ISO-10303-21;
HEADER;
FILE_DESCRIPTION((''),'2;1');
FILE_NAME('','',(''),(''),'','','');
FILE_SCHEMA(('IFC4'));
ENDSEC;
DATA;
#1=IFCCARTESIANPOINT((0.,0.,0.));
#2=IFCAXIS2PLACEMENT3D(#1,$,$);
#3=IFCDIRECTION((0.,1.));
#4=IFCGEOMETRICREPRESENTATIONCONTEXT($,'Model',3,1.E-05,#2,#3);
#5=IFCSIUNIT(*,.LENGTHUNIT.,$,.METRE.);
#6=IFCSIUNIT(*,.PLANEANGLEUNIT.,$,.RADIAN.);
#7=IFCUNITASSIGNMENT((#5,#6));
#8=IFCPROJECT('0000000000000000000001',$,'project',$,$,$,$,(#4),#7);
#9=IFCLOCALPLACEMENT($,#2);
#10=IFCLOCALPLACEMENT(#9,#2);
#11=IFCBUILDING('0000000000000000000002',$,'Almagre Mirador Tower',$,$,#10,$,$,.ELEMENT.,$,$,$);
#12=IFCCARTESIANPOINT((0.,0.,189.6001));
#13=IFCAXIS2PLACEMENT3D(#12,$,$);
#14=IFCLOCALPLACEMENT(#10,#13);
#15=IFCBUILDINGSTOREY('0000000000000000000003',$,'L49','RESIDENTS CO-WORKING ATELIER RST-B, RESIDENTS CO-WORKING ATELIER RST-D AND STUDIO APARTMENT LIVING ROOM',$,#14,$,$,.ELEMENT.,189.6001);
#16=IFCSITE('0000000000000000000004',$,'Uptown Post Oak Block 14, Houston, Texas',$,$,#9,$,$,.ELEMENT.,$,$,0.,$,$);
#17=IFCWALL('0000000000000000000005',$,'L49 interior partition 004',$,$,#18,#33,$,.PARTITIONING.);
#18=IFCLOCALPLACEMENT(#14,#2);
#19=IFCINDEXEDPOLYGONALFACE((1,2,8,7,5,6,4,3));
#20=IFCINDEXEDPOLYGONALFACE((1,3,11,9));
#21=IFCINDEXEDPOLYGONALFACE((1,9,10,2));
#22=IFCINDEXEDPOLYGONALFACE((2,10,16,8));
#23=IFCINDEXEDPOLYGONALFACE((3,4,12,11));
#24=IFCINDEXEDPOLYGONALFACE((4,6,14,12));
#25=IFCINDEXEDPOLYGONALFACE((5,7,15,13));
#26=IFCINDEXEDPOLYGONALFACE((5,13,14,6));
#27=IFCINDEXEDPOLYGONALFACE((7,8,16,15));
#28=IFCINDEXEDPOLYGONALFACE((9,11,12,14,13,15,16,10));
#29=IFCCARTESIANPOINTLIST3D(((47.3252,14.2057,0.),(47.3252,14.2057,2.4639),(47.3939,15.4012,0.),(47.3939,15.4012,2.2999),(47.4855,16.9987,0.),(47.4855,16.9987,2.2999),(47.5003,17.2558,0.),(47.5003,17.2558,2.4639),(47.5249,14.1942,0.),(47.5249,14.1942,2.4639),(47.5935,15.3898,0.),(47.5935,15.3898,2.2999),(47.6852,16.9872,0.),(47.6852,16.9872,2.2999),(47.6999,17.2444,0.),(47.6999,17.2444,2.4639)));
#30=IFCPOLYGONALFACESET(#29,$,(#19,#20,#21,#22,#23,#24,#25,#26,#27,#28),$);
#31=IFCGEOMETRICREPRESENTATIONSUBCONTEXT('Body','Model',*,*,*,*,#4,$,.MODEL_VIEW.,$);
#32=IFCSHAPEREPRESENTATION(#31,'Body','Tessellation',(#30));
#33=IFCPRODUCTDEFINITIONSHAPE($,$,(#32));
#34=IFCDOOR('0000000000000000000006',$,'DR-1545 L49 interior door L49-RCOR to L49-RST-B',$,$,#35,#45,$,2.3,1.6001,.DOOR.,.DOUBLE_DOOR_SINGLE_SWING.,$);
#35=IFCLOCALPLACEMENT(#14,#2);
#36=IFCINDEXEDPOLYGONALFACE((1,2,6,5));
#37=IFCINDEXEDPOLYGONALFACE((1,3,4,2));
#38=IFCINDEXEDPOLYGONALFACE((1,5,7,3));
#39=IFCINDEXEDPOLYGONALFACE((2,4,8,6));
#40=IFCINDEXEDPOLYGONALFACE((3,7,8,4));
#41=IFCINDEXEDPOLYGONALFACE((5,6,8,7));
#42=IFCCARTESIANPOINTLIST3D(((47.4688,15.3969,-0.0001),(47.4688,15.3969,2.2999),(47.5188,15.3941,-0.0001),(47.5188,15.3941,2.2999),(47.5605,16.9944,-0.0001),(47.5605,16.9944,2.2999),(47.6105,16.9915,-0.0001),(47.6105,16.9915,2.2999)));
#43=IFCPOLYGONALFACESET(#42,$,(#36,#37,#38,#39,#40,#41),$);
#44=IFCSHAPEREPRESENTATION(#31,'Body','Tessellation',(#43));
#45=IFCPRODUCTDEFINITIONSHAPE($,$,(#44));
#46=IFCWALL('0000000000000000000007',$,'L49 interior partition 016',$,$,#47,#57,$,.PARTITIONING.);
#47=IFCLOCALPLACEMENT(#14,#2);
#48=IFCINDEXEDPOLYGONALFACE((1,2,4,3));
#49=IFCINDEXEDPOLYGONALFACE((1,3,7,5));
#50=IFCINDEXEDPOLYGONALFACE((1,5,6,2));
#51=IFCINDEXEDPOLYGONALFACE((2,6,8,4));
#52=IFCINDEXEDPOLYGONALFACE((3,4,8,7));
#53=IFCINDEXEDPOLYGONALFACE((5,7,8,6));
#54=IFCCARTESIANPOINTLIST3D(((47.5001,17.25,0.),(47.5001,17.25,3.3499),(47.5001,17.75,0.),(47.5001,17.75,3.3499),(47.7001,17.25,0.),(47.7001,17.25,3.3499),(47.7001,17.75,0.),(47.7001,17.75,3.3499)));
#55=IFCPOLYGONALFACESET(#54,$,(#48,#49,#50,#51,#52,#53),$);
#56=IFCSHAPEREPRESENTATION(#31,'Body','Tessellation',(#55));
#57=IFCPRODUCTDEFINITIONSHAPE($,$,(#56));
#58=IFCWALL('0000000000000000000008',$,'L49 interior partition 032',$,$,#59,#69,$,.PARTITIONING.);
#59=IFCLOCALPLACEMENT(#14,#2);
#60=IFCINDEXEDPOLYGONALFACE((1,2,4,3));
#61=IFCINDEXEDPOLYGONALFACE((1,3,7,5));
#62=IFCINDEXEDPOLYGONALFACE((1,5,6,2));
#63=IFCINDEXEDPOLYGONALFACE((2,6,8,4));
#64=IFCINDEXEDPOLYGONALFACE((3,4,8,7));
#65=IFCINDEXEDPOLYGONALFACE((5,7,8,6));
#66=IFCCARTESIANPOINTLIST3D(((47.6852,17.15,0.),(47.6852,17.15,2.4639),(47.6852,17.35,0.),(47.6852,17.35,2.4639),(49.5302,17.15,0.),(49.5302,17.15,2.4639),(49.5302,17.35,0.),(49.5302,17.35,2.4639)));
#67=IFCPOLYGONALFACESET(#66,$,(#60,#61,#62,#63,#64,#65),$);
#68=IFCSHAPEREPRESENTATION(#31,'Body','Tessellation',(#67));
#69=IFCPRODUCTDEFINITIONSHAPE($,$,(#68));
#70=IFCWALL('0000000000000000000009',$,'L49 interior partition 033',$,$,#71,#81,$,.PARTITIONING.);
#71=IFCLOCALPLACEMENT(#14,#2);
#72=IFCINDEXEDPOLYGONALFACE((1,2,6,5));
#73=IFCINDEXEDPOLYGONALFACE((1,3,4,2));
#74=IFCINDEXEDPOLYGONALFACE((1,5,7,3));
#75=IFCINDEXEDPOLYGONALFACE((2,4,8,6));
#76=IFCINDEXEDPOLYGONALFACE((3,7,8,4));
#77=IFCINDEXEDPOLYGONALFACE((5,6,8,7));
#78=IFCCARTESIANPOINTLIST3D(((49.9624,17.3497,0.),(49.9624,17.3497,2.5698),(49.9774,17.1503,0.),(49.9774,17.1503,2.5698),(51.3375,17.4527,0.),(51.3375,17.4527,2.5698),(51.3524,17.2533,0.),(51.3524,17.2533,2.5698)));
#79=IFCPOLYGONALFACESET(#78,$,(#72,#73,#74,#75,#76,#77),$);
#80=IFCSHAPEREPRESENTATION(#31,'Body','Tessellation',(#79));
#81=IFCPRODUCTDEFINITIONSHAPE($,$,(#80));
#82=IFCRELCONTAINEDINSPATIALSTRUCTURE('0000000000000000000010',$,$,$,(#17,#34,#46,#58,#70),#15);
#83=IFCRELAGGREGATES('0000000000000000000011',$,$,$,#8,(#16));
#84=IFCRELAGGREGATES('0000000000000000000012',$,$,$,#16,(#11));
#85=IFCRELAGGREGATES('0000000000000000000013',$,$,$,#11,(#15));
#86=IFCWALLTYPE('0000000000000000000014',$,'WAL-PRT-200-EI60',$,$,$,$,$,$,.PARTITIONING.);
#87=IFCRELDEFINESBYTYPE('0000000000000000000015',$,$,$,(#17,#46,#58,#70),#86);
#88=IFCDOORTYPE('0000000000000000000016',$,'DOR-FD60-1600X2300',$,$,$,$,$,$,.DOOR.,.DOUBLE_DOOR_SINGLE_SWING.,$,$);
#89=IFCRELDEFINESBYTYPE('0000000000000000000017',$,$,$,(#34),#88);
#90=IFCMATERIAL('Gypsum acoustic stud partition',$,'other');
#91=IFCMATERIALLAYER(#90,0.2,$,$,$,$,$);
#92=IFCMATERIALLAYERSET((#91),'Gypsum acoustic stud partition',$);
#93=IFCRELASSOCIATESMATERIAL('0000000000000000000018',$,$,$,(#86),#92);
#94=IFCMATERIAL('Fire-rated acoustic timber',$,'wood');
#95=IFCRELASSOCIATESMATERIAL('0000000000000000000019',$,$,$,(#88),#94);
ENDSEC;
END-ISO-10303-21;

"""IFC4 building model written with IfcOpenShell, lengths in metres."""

from ifc_helpers import new_model, si_unit, direction, frame, frame_2d, origin, place, context, subcontext, project, spatial, rectangle, extrude, material, layer, layer_set, type_object, element, fill, save


model = new_model("IFC4")

# Units and contexts
model_context = context("Model", 3, precision=1e-05, world=origin(), true_north=direction((0.0, 1.0)))
body_context = subcontext(model_context, "Body", "Model", "MODEL_VIEW")
ifc_project = project(units=[si_unit("LENGTHUNIT", "METRE"), si_unit("PLANEANGLEUNIT", "RADIAN")], contexts=[model_context])

# Site, building, storey
site_placement = place(None, origin())
site = spatial("IfcSite", under=ifc_project, at=site_placement, Name="Uptown Post Oak Block 14, Houston, Texas", CompositionType="ELEMENT", RefElevation=0.0)
building_placement = place(site_placement, origin())
building = spatial("IfcBuilding", under=site, at=building_placement, Name="Almagre Mirador Tower", CompositionType="ELEMENT")
storey_placement = place(building_placement, frame((0.0, 0.0, 189.6001)))
storey = spatial("IfcBuildingStorey", under=building, at=storey_placement, Name="L49", Description="RESIDENTS CO-WORKING ATELIER RST-B, RESIDENTS CO-WORKING ATELIER RST-D AND STUDIO APARTMENT LIVING ROOM", CompositionType="ELEMENT", Elevation=189.6001)

# Wall, opening, door
ifc_material_1 = material(Name="Gypsum acoustic stud partition", Category="other")
ifc_layer_1 = layer(ifc_material_1, 0.2)
ifc_layer_set_1 = layer_set([ifc_layer_1], Name="Gypsum acoustic stud partition")
wall_type_1 = type_object("IfcWallType", Name="WAL-PRT-200-EI60", PredefinedType="PARTITIONING", material=ifc_layer_set_1)
wall_1_placement = place(storey_placement, frame((47.425, 14.2, 0.0), z_axis=(0.0, 0.0, 1.0), x_axis=(0.057298, 0.998357, 0.0)))
wall_1 = element("IfcWall", 1, at=wall_1_placement, inside=storey, type_object=wall_type_1, Name="L49 interior partition 004", PredefinedType="PARTITIONING", context=body_context, shape_type="SweptSolid", body=[
    extrude(rectangle(XDim=3.0552, YDim=0.2, at=frame_2d((1.5276, 0.0))), origin(), (0.0, 0.0, 1.0), 2.4639),
])
opening_1_placement = place(wall_1_placement, frame((1.1975, 0.0, 0.0)))
opening_1 = element("IfcOpeningElement", 2, at=opening_1_placement, cuts=wall_1, PredefinedType="OPENING", context=body_context, shape_type="SweptSolid", body=[
    extrude(rectangle(XDim=1.6001, YDim=2.3, at=frame_2d((0.8, 1.1499))), frame((0.0, 0.1101, 0.0), z_axis=(0.0, -1.0, 0.0), x_axis=(1.0, 0.0, 0.0)), (0.0, 0.0, 1.0), 0.22),
])
ifc_material_2 = material(Name="Fire-rated acoustic timber", Category="wood")
door_type = type_object("IfcDoorType", Name="DOR-FD60-1600X2300", OperationType="DOUBLE_DOOR_SINGLE_SWING", PredefinedType="DOOR", material=ifc_material_2)
door_placement = place(opening_1_placement, origin())
door = element("IfcDoor", 3, at=door_placement, inside=storey, type_object=door_type, Name="DR-1545 L49 interior door L49-RCOR to L49-RST-B", OperationType="DOUBLE_DOOR_SINGLE_SWING", OverallHeight=2.3, OverallWidth=1.6001, PredefinedType="DOOR", context=body_context, shape_type="SweptSolid", body=[
    extrude(rectangle(XDim=1.6001, YDim=2.3, at=frame_2d((0.8, 1.1499))), frame((0.0, 0.0249, 0.0), z_axis=(0.0, -1.0, 0.0), x_axis=(1.0, 0.0, 0.0)), (0.0, 0.0, 1.0), 0.05),
])
fill(opening_1, door)

# Walls
wall_2_placement = place(storey_placement, frame((47.6001, 17.25, 0.0), z_axis=(0.0, 0.0, 1.0), x_axis=(0.0, 1.0, 0.0)))
element("IfcWall", 4, at=wall_2_placement, inside=storey, type_object=wall_type_1, Name="L49 interior partition 016", PredefinedType="PARTITIONING", context=body_context, shape_type="SweptSolid", body=[
    extrude(rectangle(XDim=0.5, YDim=0.2, at=frame_2d((0.25, 0.0))), origin(), (0.0, 0.0, 1.0), 3.3499),
])
wall_3_placement = place(storey_placement, frame((49.53, 17.25, 0.0), z_axis=(0.0, 0.0, 1.0), x_axis=(-1.0, 0.0, 0.0)))
element("IfcWall", 5, at=wall_3_placement, inside=storey, type_object=wall_type_1, Name="L49 interior partition 032", PredefinedType="PARTITIONING", context=body_context, shape_type="SweptSolid", body=[
    extrude(rectangle(XDim=1.845, YDim=0.2, at=frame_2d((0.9224, 0.0))), origin(), (0.0, 0.0, 1.0), 2.4639),
])
wall_4_placement = place(storey_placement, frame((51.345, 17.353, 0.0), z_axis=(0.0, 0.0, 1.0), x_axis=(-0.997205, -0.07472, 0.0)))
element("IfcWall", 6, at=wall_4_placement, inside=storey, type_object=wall_type_1, Name="L49 interior partition 033", PredefinedType="PARTITIONING", context=body_context, shape_type="SweptSolid", body=[
    extrude(rectangle(XDim=1.3789, YDim=0.2, at=frame_2d((0.6895, 0.0))), origin(), (0.0, 0.0, 1.0), 2.5698),
])

save(model, "model.ifc")
